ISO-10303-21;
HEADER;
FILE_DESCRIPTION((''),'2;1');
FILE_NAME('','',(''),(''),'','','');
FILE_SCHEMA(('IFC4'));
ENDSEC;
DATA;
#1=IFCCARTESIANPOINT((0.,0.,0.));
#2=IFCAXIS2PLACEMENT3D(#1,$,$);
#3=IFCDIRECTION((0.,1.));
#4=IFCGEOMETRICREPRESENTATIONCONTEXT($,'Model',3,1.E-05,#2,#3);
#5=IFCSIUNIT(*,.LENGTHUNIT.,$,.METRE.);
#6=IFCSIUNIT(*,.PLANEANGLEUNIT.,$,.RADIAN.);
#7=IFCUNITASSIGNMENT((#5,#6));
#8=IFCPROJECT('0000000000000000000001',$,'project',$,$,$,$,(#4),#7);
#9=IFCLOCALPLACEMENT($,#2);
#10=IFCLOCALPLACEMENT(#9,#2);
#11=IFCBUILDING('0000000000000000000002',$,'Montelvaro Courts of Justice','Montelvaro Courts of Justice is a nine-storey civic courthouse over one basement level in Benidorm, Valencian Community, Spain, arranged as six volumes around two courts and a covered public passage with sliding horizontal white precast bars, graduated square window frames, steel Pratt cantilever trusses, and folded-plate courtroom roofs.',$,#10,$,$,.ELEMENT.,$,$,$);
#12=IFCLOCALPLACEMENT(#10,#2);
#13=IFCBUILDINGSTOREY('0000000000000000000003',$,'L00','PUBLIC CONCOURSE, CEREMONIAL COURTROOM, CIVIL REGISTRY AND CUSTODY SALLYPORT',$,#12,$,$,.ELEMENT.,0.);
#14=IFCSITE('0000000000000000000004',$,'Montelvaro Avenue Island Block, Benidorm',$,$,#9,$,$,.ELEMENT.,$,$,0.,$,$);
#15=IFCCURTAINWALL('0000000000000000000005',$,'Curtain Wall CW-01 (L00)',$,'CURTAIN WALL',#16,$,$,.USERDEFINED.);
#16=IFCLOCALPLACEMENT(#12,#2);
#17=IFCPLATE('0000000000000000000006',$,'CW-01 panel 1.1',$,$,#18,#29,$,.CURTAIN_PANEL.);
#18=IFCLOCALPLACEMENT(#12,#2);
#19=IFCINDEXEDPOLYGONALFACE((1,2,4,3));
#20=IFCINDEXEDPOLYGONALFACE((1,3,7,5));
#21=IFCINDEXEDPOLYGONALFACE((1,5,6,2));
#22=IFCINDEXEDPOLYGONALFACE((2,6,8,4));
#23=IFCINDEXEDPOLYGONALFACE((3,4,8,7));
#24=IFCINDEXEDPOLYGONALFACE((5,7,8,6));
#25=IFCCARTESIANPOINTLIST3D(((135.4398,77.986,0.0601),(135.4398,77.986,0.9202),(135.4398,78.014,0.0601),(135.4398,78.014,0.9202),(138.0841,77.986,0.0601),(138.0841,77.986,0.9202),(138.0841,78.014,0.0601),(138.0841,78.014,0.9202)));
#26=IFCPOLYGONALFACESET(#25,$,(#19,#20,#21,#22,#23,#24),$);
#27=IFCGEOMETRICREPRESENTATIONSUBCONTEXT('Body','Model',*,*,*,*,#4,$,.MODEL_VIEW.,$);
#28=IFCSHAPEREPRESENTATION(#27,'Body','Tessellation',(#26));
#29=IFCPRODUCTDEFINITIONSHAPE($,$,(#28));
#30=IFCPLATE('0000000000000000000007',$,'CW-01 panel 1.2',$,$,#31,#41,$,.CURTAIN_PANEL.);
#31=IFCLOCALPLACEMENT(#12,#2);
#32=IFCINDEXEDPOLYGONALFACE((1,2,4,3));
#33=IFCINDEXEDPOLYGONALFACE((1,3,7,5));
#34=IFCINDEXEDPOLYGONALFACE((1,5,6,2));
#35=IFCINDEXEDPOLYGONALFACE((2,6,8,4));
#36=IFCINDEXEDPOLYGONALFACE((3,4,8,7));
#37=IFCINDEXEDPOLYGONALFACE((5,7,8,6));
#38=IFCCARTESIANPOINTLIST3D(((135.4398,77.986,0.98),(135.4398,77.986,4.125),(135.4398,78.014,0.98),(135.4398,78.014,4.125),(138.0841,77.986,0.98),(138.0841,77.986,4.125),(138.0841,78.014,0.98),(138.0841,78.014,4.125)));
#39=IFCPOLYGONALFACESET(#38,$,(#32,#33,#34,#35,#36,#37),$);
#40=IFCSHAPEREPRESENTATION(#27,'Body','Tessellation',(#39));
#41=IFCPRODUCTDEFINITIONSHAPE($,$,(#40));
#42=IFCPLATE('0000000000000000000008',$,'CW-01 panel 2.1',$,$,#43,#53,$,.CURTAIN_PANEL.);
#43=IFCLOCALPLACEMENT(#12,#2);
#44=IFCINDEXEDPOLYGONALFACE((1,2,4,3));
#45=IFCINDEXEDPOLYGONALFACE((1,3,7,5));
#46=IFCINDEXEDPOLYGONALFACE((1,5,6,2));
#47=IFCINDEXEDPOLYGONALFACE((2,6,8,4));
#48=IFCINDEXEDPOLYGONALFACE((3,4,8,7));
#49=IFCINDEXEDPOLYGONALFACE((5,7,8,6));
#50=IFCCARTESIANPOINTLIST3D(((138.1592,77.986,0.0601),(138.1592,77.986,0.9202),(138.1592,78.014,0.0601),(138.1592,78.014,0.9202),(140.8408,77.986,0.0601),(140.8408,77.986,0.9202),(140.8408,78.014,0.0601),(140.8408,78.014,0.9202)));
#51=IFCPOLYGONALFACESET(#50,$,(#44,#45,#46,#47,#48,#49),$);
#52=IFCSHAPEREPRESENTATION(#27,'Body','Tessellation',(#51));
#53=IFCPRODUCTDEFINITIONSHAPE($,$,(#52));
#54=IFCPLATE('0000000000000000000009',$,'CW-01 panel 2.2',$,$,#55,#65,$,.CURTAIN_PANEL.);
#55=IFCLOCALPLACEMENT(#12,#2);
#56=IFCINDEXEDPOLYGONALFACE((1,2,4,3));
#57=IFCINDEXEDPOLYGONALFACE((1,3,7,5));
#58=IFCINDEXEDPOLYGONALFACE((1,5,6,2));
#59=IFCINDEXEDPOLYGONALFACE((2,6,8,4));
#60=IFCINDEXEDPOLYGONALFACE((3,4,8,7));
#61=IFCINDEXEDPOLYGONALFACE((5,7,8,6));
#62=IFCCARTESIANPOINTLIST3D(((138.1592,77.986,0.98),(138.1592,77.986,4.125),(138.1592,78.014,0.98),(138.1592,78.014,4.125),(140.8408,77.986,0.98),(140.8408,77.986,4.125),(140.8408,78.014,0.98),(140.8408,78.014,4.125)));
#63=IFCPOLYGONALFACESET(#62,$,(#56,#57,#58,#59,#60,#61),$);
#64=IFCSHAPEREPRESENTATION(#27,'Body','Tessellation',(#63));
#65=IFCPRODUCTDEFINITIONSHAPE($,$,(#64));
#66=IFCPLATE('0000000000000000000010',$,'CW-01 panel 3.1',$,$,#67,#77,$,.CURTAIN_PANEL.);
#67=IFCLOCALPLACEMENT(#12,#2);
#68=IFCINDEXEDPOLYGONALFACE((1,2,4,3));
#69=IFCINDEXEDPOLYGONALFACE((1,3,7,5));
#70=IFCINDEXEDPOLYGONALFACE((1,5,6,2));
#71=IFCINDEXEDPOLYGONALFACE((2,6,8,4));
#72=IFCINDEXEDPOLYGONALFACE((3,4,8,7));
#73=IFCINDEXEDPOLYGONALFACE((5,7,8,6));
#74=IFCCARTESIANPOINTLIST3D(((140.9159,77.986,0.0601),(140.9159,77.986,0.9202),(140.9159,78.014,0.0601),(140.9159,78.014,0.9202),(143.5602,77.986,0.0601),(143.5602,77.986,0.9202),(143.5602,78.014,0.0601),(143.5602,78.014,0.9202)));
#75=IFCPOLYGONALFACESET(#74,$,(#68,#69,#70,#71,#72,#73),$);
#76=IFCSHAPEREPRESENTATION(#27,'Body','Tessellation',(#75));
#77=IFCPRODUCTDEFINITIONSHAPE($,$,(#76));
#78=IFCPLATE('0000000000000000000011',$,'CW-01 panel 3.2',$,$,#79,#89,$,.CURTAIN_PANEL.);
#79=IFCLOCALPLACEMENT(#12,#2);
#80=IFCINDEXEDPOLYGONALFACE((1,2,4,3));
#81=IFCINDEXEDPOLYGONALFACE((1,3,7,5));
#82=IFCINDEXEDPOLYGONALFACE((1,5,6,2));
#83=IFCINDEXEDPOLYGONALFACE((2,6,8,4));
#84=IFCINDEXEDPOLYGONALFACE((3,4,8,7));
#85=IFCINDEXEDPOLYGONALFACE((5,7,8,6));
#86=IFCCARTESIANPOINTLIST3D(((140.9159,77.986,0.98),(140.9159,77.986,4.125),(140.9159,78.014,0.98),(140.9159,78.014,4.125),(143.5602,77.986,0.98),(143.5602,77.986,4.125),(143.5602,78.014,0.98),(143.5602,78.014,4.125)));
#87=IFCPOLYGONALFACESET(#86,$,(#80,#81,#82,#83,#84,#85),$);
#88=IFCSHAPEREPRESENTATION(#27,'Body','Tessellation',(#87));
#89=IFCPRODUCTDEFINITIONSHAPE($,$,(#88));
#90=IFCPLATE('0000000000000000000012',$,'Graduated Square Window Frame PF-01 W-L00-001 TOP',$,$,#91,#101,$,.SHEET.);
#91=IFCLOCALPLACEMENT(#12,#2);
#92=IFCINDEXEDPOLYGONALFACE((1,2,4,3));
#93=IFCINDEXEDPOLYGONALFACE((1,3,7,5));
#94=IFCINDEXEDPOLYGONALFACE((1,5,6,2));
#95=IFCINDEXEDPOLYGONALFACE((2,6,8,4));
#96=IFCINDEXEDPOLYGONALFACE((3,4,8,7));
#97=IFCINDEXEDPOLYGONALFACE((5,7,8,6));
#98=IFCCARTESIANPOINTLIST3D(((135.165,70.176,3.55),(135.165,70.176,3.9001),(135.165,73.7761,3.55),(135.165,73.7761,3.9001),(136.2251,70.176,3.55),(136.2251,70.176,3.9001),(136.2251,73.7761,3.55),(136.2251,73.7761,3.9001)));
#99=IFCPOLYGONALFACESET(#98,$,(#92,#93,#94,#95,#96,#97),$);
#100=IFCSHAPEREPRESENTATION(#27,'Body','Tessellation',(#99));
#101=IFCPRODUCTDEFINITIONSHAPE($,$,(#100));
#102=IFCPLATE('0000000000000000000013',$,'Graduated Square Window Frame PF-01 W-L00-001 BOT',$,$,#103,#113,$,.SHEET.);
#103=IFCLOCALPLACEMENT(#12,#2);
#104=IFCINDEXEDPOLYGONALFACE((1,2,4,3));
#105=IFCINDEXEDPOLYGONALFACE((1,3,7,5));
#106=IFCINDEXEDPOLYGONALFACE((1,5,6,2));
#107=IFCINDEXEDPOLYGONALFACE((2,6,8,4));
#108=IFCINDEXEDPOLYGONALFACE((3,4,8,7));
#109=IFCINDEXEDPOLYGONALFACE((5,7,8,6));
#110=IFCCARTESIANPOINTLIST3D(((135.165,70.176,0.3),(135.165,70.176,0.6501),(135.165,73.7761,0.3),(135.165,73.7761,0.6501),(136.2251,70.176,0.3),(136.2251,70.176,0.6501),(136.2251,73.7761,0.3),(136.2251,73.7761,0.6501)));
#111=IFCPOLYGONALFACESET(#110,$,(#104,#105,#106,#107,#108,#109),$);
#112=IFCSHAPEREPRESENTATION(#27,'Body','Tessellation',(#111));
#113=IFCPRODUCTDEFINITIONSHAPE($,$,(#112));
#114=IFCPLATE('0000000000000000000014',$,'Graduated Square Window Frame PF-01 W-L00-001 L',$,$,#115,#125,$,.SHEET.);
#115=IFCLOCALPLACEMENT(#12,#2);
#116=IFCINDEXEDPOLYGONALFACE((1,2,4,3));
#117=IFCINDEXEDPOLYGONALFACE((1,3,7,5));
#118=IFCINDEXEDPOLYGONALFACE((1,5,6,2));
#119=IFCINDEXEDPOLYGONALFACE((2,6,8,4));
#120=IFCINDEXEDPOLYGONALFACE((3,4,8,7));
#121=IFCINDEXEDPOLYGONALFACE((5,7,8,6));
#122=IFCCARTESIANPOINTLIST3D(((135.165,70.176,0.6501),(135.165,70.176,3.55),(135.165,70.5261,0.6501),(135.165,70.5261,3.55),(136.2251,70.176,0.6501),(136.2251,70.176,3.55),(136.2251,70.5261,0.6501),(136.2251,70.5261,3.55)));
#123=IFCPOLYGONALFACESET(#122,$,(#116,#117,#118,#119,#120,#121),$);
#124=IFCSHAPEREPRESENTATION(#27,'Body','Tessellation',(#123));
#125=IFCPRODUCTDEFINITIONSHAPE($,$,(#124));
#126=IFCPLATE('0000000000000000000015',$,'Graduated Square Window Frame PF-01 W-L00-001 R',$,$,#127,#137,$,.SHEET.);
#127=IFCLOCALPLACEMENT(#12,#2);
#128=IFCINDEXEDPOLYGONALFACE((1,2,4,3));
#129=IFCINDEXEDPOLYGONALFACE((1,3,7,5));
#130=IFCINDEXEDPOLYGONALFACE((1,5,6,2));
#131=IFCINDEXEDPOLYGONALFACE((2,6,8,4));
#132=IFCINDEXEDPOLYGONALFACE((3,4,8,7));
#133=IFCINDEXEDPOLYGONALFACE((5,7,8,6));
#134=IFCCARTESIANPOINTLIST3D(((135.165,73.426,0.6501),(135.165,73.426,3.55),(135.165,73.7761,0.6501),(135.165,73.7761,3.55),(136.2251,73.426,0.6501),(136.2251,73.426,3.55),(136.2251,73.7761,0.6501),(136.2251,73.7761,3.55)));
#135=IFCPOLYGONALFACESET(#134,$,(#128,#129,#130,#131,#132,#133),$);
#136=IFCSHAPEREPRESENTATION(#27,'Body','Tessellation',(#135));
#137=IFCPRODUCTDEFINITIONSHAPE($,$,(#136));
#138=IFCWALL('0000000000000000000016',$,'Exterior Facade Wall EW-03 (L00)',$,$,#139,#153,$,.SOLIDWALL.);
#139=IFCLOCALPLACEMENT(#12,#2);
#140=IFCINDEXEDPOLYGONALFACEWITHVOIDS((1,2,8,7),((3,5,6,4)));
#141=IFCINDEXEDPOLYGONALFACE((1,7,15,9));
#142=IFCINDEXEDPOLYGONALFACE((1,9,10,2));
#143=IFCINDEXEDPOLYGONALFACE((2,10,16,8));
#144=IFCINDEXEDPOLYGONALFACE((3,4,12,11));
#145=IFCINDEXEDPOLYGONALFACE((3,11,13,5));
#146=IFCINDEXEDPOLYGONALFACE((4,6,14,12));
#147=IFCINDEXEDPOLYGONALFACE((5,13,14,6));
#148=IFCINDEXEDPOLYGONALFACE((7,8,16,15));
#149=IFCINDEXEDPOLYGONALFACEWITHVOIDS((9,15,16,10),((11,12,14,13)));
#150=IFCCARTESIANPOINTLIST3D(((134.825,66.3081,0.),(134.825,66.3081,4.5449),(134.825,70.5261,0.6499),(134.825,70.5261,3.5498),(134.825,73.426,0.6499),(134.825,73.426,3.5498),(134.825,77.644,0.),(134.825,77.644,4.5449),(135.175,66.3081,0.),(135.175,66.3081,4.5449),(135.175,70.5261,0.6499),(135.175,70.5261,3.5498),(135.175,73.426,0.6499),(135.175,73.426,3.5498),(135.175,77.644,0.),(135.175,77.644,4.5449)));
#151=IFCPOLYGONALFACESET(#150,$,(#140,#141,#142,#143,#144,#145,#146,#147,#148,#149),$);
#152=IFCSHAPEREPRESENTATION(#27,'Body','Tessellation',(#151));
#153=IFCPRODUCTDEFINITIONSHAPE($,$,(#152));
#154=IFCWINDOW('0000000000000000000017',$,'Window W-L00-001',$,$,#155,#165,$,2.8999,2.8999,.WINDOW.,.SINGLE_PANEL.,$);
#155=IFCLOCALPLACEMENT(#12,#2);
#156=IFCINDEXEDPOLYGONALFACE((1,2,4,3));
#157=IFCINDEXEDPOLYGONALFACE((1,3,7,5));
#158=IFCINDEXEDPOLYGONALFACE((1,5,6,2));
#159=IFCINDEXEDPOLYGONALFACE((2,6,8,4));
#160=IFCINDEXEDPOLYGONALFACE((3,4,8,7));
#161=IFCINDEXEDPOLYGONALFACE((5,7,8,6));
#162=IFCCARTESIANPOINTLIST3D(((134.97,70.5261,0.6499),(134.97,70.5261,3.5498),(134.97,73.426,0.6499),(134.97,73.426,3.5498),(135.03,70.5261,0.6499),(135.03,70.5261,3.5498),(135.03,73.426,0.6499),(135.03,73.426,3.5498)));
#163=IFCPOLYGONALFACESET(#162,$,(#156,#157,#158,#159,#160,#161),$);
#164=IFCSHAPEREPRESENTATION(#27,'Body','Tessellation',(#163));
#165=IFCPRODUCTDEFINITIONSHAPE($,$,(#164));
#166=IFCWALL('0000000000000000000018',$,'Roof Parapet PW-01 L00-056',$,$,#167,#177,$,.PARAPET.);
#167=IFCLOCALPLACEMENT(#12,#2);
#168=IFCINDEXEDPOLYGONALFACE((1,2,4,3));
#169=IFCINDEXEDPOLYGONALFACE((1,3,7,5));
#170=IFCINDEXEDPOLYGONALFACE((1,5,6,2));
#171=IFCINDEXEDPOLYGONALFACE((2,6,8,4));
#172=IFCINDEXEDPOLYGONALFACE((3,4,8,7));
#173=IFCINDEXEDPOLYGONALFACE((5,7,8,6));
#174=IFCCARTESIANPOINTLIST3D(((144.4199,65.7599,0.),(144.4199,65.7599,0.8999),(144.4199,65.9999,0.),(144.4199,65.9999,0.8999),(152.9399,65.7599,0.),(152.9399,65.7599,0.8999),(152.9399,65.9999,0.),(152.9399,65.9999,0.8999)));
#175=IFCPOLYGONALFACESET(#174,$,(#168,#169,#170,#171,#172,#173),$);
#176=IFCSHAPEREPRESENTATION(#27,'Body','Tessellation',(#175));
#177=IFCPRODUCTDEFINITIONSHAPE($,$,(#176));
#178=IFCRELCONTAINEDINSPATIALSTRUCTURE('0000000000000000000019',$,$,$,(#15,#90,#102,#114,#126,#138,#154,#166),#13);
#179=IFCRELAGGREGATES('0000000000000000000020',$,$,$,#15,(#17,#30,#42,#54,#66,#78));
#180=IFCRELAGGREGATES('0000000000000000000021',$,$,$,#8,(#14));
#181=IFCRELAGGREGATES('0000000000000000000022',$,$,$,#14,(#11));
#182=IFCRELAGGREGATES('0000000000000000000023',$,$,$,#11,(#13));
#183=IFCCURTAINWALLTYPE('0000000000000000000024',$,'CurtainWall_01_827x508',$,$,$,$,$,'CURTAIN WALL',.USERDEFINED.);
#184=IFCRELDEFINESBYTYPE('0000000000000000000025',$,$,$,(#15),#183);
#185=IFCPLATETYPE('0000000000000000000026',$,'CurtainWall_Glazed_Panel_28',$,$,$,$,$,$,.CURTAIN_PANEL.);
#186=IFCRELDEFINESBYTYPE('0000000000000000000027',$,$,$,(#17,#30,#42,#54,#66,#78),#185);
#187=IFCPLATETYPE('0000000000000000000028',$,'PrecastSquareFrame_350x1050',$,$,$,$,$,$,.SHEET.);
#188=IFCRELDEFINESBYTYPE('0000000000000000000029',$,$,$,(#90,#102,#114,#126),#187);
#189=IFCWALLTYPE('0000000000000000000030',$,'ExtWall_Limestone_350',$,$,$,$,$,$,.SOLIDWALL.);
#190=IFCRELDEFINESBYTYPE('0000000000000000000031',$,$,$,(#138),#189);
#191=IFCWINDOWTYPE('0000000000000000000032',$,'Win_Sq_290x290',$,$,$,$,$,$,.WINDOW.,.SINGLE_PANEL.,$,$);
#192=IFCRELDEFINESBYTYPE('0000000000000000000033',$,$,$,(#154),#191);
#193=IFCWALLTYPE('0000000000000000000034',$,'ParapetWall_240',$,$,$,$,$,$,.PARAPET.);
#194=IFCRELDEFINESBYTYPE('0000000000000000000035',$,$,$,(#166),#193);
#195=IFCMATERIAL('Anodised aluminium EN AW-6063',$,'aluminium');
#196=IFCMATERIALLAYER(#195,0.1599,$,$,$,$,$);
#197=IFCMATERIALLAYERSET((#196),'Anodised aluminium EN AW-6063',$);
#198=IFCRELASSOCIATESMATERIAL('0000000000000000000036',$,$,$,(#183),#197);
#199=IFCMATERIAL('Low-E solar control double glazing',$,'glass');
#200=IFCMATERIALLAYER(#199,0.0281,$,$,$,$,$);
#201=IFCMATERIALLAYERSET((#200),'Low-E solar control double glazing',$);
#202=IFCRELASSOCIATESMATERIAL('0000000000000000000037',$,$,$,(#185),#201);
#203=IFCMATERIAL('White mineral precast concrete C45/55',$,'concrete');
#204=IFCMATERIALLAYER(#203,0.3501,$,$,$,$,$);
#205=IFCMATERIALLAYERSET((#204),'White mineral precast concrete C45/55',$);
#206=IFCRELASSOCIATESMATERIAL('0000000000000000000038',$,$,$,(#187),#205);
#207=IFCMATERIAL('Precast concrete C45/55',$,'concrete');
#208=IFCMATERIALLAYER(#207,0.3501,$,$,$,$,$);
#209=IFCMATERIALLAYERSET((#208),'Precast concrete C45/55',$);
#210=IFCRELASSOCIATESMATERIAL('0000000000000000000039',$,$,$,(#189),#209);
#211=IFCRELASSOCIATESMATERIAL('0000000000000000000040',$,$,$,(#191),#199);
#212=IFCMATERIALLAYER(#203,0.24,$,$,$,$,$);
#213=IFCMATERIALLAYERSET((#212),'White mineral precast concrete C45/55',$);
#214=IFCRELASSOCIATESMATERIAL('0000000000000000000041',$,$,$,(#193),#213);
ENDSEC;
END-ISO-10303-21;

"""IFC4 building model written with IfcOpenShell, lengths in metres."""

from ifc_helpers import new_model, si_unit, direction, frame, frame_2d, origin, origin_2d, place, context, subcontext, project, spatial, rectangle, extrude, material, layer, layer_set, type_object, element, fill, aggregate, save


model = new_model("IFC4")

# Units and contexts
model_context = context("Model", 3, precision=1e-05, world=origin(), true_north=direction((0.0, 1.0)))
body_context = subcontext(model_context, "Body", "Model", "MODEL_VIEW")
ifc_project = project(units=[si_unit("LENGTHUNIT", "METRE"), si_unit("PLANEANGLEUNIT", "RADIAN")], contexts=[model_context])

# Site, building, storey
site_placement = place(None, origin())
site = spatial("IfcSite", under=ifc_project, at=site_placement, Name="Montelvaro Avenue Island Block, Benidorm", CompositionType="ELEMENT", RefElevation=0.0)
building_placement = place(site_placement, origin())
building = spatial("IfcBuilding", under=site, at=building_placement, Name="Montelvaro Courts of Justice", Description="Montelvaro Courts of Justice is a nine-storey civic courthouse over one basement level in Benidorm, Valencian Community, Spain, arranged as six volumes around two courts and a covered public passage with sliding horizontal white precast bars, graduated square window frames, steel Pratt cantilever trusses, and folded-plate courtroom roofs.", CompositionType="ELEMENT")
storey_placement = place(building_placement, origin())
storey = spatial("IfcBuildingStorey", under=building, at=storey_placement, Name="L00", Description="PUBLIC CONCOURSE, CEREMONIAL COURTROOM, CIVIL REGISTRY AND CUSTODY SALLYPORT", CompositionType="ELEMENT", Elevation=0.0)

# Shared definitions
ifc_material_1 = material(Name="Anodised aluminium EN AW-6063", Category="aluminium")
ifc_layer_1 = layer(ifc_material_1, 0.1599)
ifc_layer_set_1 = layer_set([ifc_layer_1], Name="Anodised aluminium EN AW-6063")
curtain_wall_type = type_object("IfcCurtainWallType", Name="CurtainWall_01_827x508", ElementType="CURTAIN WALL", PredefinedType="USERDEFINED", material=ifc_layer_set_1)

# Curtain wall, plates
curtain_wall_1_placement = place(storey_placement, origin())
curtain_wall_1 = element("IfcCurtainWall", 1, at=curtain_wall_1_placement, inside=storey, type_object=curtain_wall_type, Name="Curtain Wall CW-01 (L00)", ObjectType="CURTAIN WALL", PredefinedType="USERDEFINED")
ifc_material_2 = material(Name="Low-E solar control double glazing", Category="glass")
ifc_layer_2 = layer(ifc_material_2, 0.0281)
ifc_layer_set_2 = layer_set([ifc_layer_2], Name="Low-E solar control double glazing")
plate_type_1 = type_object("IfcPlateType", Name="CurtainWall_Glazed_Panel_28", PredefinedType="CURTAIN_PANEL", material=ifc_layer_set_2)
plate_1_placement = place(storey_placement, frame((136.762, 78.0, 0.0601), z_axis=(0.0, 0.0, 1.0), x_axis=(1.0, 0.0, 0.0)))
plate_1 = element("IfcPlate", 2, at=plate_1_placement, type_object=plate_type_1, Name="CW-01 panel 1.1", PredefinedType="CURTAIN_PANEL", context=body_context, shape_type="SweptSolid", body=[
    extrude(rectangle(XDim=2.6443, YDim=0.0281, at=origin_2d()), origin(), (0.0, 0.0, 1.0), 0.8601),
])
plate_2_placement = place(storey_placement, frame((136.762, 78.0, 0.98), z_axis=(0.0, 0.0, 1.0), x_axis=(1.0, 0.0, 0.0)))
plate_2 = element("IfcPlate", 3, at=plate_2_placement, type_object=plate_type_1, Name="CW-01 panel 1.2", PredefinedType="CURTAIN_PANEL", context=body_context, shape_type="SweptSolid", body=[
    extrude(rectangle(XDim=2.6443, YDim=0.0281, at=origin_2d()), origin(), (0.0, 0.0, 1.0), 3.145),
])
plate_3_placement = place(storey_placement, frame((139.5, 78.0, 0.0601), z_axis=(0.0, 0.0, 1.0), x_axis=(1.0, 0.0, 0.0)))
plate_3 = element("IfcPlate", 4, at=plate_3_placement, type_object=plate_type_1, Name="CW-01 panel 2.1", PredefinedType="CURTAIN_PANEL", context=body_context, shape_type="SweptSolid", body=[
    extrude(rectangle(XDim=2.6816, YDim=0.0281, at=origin_2d()), origin(), (0.0, 0.0, 1.0), 0.8601),
])
plate_4_placement = place(storey_placement, frame((139.5, 78.0, 0.98), z_axis=(0.0, 0.0, 1.0), x_axis=(1.0, 0.0, 0.0)))
plate_4 = element("IfcPlate", 5, at=plate_4_placement, type_object=plate_type_1, Name="CW-01 panel 2.2", PredefinedType="CURTAIN_PANEL", context=body_context, shape_type="SweptSolid", body=[
    extrude(rectangle(XDim=2.6816, YDim=0.0281, at=origin_2d()), origin(), (0.0, 0.0, 1.0), 3.145),
])
plate_5_placement = place(storey_placement, frame((142.238, 78.0, 0.0601), z_axis=(0.0, 0.0, 1.0), x_axis=(1.0, 0.0, 0.0)))
plate_5 = element("IfcPlate", 6, at=plate_5_placement, type_object=plate_type_1, Name="CW-01 panel 3.1", PredefinedType="CURTAIN_PANEL", context=body_context, shape_type="SweptSolid", body=[
    extrude(rectangle(XDim=2.6443, YDim=0.0281, at=origin_2d()), origin(), (0.0, 0.0, 1.0), 0.8601),
])
plate_6_placement = place(storey_placement, frame((142.238, 78.0, 0.98), z_axis=(0.0, 0.0, 1.0), x_axis=(1.0, 0.0, 0.0)))
plate_6 = element("IfcPlate", 7, at=plate_6_placement, type_object=plate_type_1, Name="CW-01 panel 3.2", PredefinedType="CURTAIN_PANEL", context=body_context, shape_type="SweptSolid", body=[
    extrude(rectangle(XDim=2.6443, YDim=0.0281, at=origin_2d()), origin(), (0.0, 0.0, 1.0), 3.145),
])
aggregate(curtain_wall_1, [plate_1, plate_2, plate_3, plate_4, plate_5, plate_6])

# Plates
ifc_material_3 = material(Name="White mineral precast concrete C45/55", Category="concrete")
ifc_layer_3 = layer(ifc_material_3, 0.3501)
ifc_layer_set_3 = layer_set([ifc_layer_3], Name="White mineral precast concrete C45/55")
plate_type_2 = type_object("IfcPlateType", Name="PrecastSquareFrame_350x1050", PredefinedType="SHEET", material=ifc_layer_set_3)
for number, where, z_axis, x_axis, name in (
    (8, (135.6951, 71.9761, 3.55), (0.0, 0.0, 1.0), (0.0, 1.0, 0.0), "Graduated Square Window Frame PF-01 W-L00-001 TOP"),
    (9, (135.6951, 71.9761, 0.3), (0.0, 0.0, 1.0), (0.0, 1.0, 0.0), "Graduated Square Window Frame PF-01 W-L00-001 BOT"),
):
    element("IfcPlate", number, at=place(storey_placement, frame(where, z_axis=z_axis, x_axis=x_axis)), inside=storey, type_object=plate_type_2, Name=name, PredefinedType="SHEET", context=body_context, shape_type="SweptSolid", body=[
        extrude(rectangle(XDim=3.6001, YDim=1.0601, at=origin_2d()), origin(), (0.0, 0.0, 1.0), 0.3501),
    ])
for number, where, z_axis, x_axis, name in (
    (10, (135.6951, 70.3511, 0.6501), (0.0, 0.0, 1.0), (0.0, 1.0, 0.0), "Graduated Square Window Frame PF-01 W-L00-001 L"),
    (11, (135.6951, 73.6011, 0.6501), (0.0, 0.0, 1.0), (0.0, 1.0, 0.0), "Graduated Square Window Frame PF-01 W-L00-001 R"),
):
    element("IfcPlate", number, at=place(storey_placement, frame(where, z_axis=z_axis, x_axis=x_axis)), inside=storey, type_object=plate_type_2, Name=name, PredefinedType="SHEET", context=body_context, shape_type="SweptSolid", body=[
        extrude(rectangle(XDim=0.3501, YDim=1.0601, at=origin_2d()), origin(), (0.0, 0.0, 1.0), 2.8999),
    ])

# Wall, opening, window
ifc_material_4 = material(Name="Precast concrete C45/55", Category="concrete")
ifc_layer_4 = layer(ifc_material_4, 0.3501)
ifc_layer_set_4 = layer_set([ifc_layer_4], Name="Precast concrete C45/55")
wall_type_1 = type_object("IfcWallType", Name="ExtWall_Limestone_350", PredefinedType="SOLIDWALL", material=ifc_layer_set_4)
wall_1_placement = place(storey_placement, frame((135.0, 66.3081, 0.0), z_axis=(0.0, 0.0, 1.0), x_axis=(0.0, 1.0, 0.0)))
wall_1 = element("IfcWall", 12, at=wall_1_placement, inside=storey, type_object=wall_type_1, Name="Exterior Facade Wall EW-03 (L00)", PredefinedType="SOLIDWALL", context=body_context, shape_type="SweptSolid", body=[
    extrude(rectangle(XDim=11.3359, YDim=0.3501, at=frame_2d((5.668, 0.0))), origin(), (0.0, 0.0, 1.0), 4.5449),
])
opening_placement = place(wall_1_placement, frame((4.218, 0.0, 0.6499)))
opening = element("IfcOpeningElement", 13, at=opening_placement, cuts=wall_1, PredefinedType="OPENING", context=body_context, shape_type="SweptSolid", body=[
    extrude(rectangle(XDim=2.8999, YDim=2.8999, at=frame_2d((1.45, 1.45))), frame((0.0, 0.1899, 0.0), z_axis=(0.0, -1.0, 0.0), x_axis=(1.0, 0.0, 0.0)), (0.0, 0.0, 1.0), 0.3799),
])
window_type = type_object("IfcWindowType", Name="Win_Sq_290x290", PartitioningType="SINGLE_PANEL", PredefinedType="WINDOW", material=ifc_material_2)
window_placement = place(opening_placement, origin())
window = element("IfcWindow", 14, at=window_placement, inside=storey, type_object=window_type, Name="Window W-L00-001", OverallHeight=2.8999, OverallWidth=2.8999, PartitioningType="SINGLE_PANEL", PredefinedType="WINDOW", context=body_context, shape_type="SweptSolid", body=[
    extrude(rectangle(XDim=2.8999, YDim=2.8999, at=frame_2d((1.45, 1.45))), frame((0.0, 0.03, 0.0), z_axis=(0.0, -1.0, 0.0), x_axis=(1.0, 0.0, 0.0)), (0.0, 0.0, 1.0), 0.0601),
])
fill(opening, window)

# Wall
ifc_layer_5 = layer(ifc_material_3, 0.24)
ifc_layer_set_5 = layer_set([ifc_layer_5], Name="White mineral precast concrete C45/55")
wall_type_2 = type_object("IfcWallType", Name="ParapetWall_240", PredefinedType="PARAPET", material=ifc_layer_set_5)
wall_2_placement = place(storey_placement, frame((144.4199, 65.8799, 0.0), z_axis=(0.0, 0.0, 1.0), x_axis=(1.0, 0.0, 0.0)))
element("IfcWall", 15, at=wall_2_placement, inside=storey, type_object=wall_type_2, Name="Roof Parapet PW-01 L00-056", PredefinedType="PARAPET", context=body_context, shape_type="SweptSolid", body=[
    extrude(rectangle(XDim=8.52, YDim=0.24, at=frame_2d((4.26, 0.0))), origin(), (0.0, 0.0, 1.0), 0.8999),
])

save(model, "model.ifc")
